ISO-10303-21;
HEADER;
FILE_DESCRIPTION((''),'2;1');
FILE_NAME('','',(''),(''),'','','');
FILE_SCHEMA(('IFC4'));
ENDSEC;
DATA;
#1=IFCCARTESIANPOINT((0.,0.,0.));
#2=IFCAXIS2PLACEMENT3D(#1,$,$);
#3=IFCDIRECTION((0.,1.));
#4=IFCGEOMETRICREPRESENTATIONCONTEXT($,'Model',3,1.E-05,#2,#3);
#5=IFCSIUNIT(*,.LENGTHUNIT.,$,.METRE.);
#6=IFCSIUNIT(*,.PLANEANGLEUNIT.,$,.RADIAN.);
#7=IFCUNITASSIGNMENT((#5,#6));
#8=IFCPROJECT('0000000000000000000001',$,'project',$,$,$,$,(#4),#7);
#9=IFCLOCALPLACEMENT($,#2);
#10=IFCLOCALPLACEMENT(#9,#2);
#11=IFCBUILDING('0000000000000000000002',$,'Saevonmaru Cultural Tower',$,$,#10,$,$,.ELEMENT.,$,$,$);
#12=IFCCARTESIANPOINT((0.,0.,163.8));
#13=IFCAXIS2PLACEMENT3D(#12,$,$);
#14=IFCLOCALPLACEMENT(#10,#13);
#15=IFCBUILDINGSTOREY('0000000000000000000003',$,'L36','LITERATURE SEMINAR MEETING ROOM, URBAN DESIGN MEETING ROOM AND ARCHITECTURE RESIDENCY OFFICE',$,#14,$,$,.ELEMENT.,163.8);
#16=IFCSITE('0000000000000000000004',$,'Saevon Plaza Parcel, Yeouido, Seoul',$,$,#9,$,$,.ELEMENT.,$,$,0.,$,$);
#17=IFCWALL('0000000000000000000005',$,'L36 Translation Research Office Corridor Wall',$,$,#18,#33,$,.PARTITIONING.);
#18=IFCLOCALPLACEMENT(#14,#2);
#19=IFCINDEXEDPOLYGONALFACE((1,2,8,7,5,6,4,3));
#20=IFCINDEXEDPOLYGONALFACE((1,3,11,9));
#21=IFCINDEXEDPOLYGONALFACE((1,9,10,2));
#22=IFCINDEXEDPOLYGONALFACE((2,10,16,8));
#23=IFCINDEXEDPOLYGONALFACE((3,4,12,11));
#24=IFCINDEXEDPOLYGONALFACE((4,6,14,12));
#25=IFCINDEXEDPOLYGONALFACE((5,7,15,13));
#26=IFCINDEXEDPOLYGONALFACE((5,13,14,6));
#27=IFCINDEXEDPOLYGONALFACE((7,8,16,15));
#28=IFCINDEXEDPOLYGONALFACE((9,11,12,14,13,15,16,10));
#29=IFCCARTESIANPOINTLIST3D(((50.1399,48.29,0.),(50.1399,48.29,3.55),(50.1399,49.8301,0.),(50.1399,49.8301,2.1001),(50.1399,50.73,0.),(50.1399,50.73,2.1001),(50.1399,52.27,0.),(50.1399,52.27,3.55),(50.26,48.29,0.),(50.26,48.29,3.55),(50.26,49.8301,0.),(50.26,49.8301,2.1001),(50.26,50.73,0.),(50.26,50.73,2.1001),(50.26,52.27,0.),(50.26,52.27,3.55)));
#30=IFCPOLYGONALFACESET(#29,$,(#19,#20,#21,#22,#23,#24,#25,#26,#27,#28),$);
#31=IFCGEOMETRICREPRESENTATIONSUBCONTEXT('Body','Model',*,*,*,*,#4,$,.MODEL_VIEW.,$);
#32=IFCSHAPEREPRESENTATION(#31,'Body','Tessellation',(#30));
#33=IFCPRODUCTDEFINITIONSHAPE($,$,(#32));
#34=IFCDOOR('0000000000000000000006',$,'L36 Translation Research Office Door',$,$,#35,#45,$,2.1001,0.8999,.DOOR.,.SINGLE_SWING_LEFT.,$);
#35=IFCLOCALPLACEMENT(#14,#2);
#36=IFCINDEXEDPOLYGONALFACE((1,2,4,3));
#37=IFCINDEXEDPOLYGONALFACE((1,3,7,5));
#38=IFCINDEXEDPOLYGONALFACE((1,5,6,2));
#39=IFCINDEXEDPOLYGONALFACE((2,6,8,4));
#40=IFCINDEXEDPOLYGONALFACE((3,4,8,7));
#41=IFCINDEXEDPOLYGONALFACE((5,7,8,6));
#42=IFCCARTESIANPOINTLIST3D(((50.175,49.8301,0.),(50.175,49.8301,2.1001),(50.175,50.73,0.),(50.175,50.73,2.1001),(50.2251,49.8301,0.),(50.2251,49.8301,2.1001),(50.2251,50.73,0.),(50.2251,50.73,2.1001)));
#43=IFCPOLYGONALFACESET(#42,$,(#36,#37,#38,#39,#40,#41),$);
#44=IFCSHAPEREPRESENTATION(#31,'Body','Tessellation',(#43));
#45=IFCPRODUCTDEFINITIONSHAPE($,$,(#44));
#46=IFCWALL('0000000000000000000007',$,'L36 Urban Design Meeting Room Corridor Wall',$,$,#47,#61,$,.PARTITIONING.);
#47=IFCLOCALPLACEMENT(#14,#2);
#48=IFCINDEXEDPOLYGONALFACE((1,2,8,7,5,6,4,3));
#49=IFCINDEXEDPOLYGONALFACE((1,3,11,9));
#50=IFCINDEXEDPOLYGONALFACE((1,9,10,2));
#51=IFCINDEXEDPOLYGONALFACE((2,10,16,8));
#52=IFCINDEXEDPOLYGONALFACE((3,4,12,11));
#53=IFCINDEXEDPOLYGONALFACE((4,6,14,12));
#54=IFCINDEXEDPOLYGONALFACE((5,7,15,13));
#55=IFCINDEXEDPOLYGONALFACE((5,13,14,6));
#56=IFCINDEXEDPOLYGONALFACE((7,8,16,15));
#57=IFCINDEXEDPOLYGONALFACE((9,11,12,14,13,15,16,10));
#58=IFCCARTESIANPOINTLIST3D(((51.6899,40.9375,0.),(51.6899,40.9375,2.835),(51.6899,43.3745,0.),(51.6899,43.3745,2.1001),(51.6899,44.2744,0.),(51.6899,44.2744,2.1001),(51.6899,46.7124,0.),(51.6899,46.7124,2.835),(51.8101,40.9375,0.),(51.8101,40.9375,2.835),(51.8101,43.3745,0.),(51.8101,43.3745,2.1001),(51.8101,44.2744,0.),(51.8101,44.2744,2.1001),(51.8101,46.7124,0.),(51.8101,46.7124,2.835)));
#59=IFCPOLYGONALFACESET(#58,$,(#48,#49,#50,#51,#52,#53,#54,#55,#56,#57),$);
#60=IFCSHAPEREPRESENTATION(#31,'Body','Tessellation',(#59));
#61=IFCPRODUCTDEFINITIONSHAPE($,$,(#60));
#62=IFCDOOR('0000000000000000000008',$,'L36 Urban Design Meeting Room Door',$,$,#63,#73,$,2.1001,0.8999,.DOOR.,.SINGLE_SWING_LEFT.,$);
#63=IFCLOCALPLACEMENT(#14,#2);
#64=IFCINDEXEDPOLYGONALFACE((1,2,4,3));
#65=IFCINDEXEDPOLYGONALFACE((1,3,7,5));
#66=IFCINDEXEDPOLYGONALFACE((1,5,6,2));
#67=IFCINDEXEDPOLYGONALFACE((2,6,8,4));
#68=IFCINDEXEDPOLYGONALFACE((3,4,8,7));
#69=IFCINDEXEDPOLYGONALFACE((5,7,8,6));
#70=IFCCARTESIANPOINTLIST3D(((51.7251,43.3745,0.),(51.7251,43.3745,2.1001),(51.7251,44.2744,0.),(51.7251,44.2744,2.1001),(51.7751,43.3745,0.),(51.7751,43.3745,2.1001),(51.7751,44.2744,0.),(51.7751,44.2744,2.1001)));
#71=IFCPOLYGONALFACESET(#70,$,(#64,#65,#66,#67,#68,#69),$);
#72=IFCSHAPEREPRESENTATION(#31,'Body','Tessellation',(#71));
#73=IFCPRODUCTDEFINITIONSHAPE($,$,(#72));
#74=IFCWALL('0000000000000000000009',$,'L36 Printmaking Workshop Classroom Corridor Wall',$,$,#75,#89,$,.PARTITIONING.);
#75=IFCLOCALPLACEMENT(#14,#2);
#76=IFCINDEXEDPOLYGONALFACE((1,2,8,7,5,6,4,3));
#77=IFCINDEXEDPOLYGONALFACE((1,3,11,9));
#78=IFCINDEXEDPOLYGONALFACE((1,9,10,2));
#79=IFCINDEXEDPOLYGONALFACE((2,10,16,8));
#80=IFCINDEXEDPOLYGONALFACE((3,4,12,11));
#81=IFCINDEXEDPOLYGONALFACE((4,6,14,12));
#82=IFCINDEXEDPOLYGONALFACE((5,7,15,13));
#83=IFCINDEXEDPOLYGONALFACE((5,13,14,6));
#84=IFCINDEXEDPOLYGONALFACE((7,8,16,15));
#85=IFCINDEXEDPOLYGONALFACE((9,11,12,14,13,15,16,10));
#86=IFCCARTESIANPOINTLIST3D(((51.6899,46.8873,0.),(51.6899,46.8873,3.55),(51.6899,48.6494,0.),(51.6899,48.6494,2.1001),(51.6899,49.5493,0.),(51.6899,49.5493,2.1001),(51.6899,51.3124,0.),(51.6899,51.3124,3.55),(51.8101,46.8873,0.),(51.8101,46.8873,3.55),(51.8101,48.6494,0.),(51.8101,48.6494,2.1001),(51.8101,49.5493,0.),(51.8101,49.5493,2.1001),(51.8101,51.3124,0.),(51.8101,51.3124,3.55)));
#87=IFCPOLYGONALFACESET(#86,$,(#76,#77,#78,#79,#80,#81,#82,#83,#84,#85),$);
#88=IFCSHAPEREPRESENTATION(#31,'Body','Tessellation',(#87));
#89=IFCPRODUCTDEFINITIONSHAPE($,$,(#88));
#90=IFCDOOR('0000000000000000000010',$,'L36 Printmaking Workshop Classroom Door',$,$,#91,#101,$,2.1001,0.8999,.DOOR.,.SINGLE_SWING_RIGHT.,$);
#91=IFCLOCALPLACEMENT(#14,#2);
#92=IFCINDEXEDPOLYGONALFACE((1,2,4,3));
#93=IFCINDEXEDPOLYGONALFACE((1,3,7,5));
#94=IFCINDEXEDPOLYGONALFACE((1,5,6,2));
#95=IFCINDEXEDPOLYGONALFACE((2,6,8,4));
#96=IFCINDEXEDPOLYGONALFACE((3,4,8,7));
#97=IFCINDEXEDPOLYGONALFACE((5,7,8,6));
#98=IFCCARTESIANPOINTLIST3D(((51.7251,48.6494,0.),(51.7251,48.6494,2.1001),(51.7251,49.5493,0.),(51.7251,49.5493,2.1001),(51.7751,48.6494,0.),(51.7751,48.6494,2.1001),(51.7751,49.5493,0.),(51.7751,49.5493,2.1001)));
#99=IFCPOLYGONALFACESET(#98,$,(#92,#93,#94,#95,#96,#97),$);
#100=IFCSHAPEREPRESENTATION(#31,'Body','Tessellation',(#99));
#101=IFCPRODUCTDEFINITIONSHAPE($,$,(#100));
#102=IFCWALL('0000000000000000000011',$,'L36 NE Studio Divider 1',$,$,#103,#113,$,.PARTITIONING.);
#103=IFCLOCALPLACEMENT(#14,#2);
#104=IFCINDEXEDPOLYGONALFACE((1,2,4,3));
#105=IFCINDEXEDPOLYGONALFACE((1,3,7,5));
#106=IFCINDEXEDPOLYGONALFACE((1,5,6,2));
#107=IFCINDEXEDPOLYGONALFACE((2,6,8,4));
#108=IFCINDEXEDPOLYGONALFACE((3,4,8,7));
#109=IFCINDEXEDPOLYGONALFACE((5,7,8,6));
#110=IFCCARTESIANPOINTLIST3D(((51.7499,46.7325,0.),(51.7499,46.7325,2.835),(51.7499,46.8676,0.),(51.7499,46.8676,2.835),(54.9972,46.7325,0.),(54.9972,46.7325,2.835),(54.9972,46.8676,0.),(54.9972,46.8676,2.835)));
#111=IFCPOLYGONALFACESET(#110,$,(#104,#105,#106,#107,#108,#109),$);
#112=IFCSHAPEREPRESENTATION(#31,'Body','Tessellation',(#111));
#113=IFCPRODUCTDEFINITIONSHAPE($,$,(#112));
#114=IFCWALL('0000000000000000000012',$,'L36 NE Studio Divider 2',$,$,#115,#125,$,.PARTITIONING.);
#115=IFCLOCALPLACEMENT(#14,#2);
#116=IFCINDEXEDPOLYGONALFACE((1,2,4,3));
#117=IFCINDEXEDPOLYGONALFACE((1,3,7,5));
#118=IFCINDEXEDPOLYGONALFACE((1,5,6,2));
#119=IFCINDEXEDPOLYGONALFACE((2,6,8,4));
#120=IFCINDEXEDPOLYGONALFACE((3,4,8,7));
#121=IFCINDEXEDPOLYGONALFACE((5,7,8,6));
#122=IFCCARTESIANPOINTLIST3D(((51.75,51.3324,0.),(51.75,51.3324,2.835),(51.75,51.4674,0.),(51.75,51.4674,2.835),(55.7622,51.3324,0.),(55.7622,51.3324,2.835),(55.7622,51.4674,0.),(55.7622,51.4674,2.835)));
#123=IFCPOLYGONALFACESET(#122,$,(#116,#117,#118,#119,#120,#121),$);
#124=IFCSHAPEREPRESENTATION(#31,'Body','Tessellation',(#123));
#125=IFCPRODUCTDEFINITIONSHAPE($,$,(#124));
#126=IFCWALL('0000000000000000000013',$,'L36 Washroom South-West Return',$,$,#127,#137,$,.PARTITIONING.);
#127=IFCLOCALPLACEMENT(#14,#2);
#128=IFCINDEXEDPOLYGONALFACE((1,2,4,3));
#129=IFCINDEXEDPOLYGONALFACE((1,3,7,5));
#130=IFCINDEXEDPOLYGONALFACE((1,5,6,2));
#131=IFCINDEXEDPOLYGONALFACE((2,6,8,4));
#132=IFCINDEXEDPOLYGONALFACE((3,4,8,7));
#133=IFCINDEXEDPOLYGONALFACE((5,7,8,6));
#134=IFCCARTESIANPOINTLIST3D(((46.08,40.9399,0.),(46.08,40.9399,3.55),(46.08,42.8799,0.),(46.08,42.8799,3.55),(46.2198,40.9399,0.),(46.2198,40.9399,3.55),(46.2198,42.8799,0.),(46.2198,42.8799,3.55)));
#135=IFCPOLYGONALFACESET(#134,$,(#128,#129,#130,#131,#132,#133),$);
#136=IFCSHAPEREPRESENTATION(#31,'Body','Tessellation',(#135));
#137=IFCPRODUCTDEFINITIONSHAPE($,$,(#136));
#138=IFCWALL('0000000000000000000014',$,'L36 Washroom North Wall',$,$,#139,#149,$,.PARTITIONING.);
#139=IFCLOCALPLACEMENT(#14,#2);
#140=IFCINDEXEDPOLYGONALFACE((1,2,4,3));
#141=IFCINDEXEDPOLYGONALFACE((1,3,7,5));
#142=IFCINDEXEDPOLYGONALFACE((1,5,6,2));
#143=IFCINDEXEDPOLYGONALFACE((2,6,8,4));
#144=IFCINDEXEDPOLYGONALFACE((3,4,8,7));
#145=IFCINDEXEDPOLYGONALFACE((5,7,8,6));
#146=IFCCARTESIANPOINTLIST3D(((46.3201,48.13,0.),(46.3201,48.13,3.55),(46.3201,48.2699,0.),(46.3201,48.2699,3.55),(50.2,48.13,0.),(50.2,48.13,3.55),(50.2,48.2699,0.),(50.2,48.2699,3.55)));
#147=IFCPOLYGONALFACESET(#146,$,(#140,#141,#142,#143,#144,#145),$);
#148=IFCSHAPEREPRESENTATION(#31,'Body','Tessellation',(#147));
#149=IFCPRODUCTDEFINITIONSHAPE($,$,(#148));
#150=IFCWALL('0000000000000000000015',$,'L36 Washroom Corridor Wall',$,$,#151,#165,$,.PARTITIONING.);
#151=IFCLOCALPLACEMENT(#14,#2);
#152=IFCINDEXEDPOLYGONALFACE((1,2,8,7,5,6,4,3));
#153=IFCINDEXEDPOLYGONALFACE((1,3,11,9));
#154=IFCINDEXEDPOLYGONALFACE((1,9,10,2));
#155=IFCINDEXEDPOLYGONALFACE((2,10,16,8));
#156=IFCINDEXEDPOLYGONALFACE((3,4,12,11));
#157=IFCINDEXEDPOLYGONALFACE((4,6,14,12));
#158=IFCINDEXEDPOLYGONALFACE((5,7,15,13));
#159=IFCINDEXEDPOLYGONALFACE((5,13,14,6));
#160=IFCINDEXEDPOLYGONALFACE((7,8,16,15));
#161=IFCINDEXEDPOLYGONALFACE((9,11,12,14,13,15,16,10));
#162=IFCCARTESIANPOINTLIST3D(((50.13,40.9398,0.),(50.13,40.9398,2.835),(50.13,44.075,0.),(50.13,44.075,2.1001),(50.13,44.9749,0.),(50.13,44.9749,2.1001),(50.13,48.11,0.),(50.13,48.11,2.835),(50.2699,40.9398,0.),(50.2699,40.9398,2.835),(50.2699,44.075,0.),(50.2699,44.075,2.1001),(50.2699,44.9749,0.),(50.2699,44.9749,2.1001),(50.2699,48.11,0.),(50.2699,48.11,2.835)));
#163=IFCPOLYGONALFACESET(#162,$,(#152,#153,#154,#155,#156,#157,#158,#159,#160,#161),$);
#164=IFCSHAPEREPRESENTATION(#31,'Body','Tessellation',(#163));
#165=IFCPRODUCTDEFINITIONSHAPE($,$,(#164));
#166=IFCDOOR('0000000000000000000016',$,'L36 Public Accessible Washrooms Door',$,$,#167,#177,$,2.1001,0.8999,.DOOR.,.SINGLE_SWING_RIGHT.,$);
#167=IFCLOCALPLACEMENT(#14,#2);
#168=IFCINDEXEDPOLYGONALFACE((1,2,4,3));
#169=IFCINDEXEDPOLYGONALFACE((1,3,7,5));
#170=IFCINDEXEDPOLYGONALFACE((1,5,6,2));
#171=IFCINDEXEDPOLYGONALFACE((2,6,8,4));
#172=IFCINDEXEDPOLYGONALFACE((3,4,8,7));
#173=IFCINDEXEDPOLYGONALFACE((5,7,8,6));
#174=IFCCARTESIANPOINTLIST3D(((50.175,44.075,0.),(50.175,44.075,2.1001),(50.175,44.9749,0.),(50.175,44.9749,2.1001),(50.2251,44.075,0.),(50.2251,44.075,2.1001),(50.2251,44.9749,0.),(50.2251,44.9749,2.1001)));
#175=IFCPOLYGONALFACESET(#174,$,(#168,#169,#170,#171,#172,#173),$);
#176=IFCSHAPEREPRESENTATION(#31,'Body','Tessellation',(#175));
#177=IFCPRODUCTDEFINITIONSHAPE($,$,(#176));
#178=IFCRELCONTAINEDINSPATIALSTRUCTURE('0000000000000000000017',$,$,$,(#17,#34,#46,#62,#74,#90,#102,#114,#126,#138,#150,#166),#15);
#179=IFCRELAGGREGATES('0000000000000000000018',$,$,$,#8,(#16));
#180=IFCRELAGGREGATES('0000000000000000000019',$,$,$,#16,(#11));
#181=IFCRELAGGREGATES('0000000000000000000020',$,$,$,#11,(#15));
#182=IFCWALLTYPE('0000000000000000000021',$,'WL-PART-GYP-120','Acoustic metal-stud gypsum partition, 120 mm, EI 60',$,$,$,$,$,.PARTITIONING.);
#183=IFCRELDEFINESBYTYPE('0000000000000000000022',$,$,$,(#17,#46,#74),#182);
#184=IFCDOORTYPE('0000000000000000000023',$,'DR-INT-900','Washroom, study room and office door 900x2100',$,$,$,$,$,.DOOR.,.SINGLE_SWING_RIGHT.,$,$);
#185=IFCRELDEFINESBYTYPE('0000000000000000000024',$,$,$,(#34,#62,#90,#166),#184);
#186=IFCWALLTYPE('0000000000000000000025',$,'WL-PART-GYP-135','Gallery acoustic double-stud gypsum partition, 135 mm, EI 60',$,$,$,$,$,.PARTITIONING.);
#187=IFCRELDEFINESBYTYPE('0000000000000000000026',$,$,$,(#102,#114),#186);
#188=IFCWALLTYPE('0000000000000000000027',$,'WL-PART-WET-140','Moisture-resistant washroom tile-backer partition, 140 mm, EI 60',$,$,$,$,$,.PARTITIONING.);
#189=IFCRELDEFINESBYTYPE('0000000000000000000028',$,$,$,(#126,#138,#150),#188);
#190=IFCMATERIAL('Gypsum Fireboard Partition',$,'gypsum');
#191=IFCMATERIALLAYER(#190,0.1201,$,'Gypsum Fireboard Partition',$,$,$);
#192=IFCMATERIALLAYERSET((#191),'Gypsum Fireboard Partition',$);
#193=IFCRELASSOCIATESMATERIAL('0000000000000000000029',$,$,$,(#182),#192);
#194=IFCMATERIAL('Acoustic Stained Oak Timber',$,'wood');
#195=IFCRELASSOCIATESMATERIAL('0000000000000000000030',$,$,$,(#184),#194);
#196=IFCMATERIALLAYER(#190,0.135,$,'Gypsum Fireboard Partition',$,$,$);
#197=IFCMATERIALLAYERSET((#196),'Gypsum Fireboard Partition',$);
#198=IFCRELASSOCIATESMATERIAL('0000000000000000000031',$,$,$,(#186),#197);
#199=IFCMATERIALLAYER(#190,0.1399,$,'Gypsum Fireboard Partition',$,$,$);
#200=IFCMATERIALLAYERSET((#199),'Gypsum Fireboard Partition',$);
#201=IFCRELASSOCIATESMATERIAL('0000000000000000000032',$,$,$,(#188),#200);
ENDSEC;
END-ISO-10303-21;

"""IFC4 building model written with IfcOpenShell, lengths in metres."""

from ifc_helpers import new_model, si_unit, direction, frame, frame_2d, origin, place, context, subcontext, project, spatial, rectangle, extrude, material, layer, layer_set, type_object, element, fill, save


model = new_model("IFC4")

# Units and contexts
model_context = context("Model", 3, precision=1e-05, world=origin(), true_north=direction((0.0, 1.0)))
body_context = subcontext(model_context, "Body", "Model", "MODEL_VIEW")
ifc_project = project(units=[si_unit("LENGTHUNIT", "METRE"), si_unit("PLANEANGLEUNIT", "RADIAN")], contexts=[model_context])

# Site, building, storey
site_placement = place(None, origin())
site = spatial("IfcSite", under=ifc_project, at=site_placement, Name="Saevon Plaza Parcel, Yeouido, Seoul", CompositionType="ELEMENT", RefElevation=0.0)
building_placement = place(site_placement, origin())
building = spatial("IfcBuilding", under=site, at=building_placement, Name="Saevonmaru Cultural Tower", CompositionType="ELEMENT")
storey_placement = place(building_placement, frame((0.0, 0.0, 163.8)))
storey = spatial("IfcBuildingStorey", under=building, at=storey_placement, Name="L36", Description="LITERATURE SEMINAR MEETING ROOM, URBAN DESIGN MEETING ROOM AND ARCHITECTURE RESIDENCY OFFICE", CompositionType="ELEMENT", Elevation=163.8)

# Walls, openings, doors
ifc_material_1 = material(Name="Gypsum Fireboard Partition", Category="gypsum")
ifc_layer_1 = layer(ifc_material_1, 0.1201, Name="Gypsum Fireboard Partition")
ifc_layer_set_1 = layer_set([ifc_layer_1], Name="Gypsum Fireboard Partition")
wall_type_1 = type_object("IfcWallType", Name="WL-PART-GYP-120", Description="Acoustic metal-stud gypsum partition, 120 mm, EI 60", PredefinedType="PARTITIONING", material=ifc_layer_set_1)
wall_1_placement = place(storey_placement, frame((50.2, 48.29, 0.0), z_axis=(0.0, 0.0, 1.0), x_axis=(0.0, 1.0, 0.0)))
wall_1 = element("IfcWall", 1, at=wall_1_placement, inside=storey, type_object=wall_type_1, Name="L36 Translation Research Office Corridor Wall", PredefinedType="PARTITIONING", context=body_context, shape_type="SweptSolid", body=[
    extrude(rectangle(XDim=3.98, YDim=0.1201, at=frame_2d((1.99, 0.0))), origin(), (0.0, 0.0, 1.0), 3.55),
])
opening_1_placement = place(wall_1_placement, frame((1.54, 0.0, 0.0)))
opening_1 = element("IfcOpeningElement", 2, at=opening_1_placement, cuts=wall_1, PredefinedType="OPENING", context=body_context, shape_type="SweptSolid", body=[
    extrude(rectangle(XDim=0.8999, YDim=2.1001, at=frame_2d((0.45, 1.05))), frame((0.0, 0.0701, 0.0), z_axis=(0.0, -1.0, 0.0), x_axis=(1.0, 0.0, 0.0)), (0.0, 0.0, 1.0), 0.1401),
])
ifc_material_2 = material(Name="Acoustic Stained Oak Timber", Category="wood")
door_type = type_object("IfcDoorType", Name="DR-INT-900", Description="Washroom, study room and office door 900x2100", OperationType="SINGLE_SWING_RIGHT", PredefinedType="DOOR", material=ifc_material_2)
door_1_placement = place(opening_1_placement, origin())
door_1 = element("IfcDoor", 3, at=door_1_placement, inside=storey, type_object=door_type, Name="L36 Translation Research Office Door", OperationType="SINGLE_SWING_LEFT", OverallHeight=2.1001, OverallWidth=0.8999, PredefinedType="DOOR", context=body_context, shape_type="SweptSolid", body=[
    extrude(rectangle(XDim=0.8999, YDim=2.1001, at=frame_2d((0.45, 1.05))), frame((0.0, 0.0249, 0.0), z_axis=(0.0, -1.0, 0.0), x_axis=(1.0, 0.0, 0.0)), (0.0, 0.0, 1.0), 0.05),
])
fill(opening_1, door_1)
wall_2_placement = place(storey_placement, frame((51.75, 40.9375, 0.0), z_axis=(0.0, 0.0, 1.0), x_axis=(0.0, 1.0, 0.0)))
wall_2 = element("IfcWall", 4, at=wall_2_placement, inside=storey, type_object=wall_type_1, Name="L36 Urban Design Meeting Room Corridor Wall", PredefinedType="PARTITIONING", context=body_context, shape_type="SweptSolid", body=[
    extrude(rectangle(XDim=5.7749, YDim=0.1201, at=frame_2d((2.8875, 0.0))), origin(), (0.0, 0.0, 1.0), 2.835),
])
opening_2_placement = place(wall_2_placement, frame((2.437, 0.0, 0.0)))
opening_2 = element("IfcOpeningElement", 5, at=opening_2_placement, cuts=wall_2, PredefinedType="OPENING", context=body_context, shape_type="SweptSolid", body=[
    extrude(rectangle(XDim=0.8999, YDim=2.1001, at=frame_2d((0.45, 1.05))), frame((0.0, 0.0701, 0.0), z_axis=(0.0, -1.0, 0.0), x_axis=(1.0, 0.0, 0.0)), (0.0, 0.0, 1.0), 0.1401),
])
door_2_placement = place(opening_2_placement, origin())
door_2 = element("IfcDoor", 6, at=door_2_placement, inside=storey, type_object=door_type, Name="L36 Urban Design Meeting Room Door", OperationType="SINGLE_SWING_LEFT", OverallHeight=2.1001, OverallWidth=0.8999, PredefinedType="DOOR", context=body_context, shape_type="SweptSolid", body=[
    extrude(rectangle(XDim=0.8999, YDim=2.1001, at=frame_2d((0.45, 1.05))), frame((0.0, 0.0249, 0.0), z_axis=(0.0, -1.0, 0.0), x_axis=(1.0, 0.0, 0.0)), (0.0, 0.0, 1.0), 0.05),
])
fill(opening_2, door_2)
wall_3_placement = place(storey_placement, frame((51.75, 46.8875, 0.0), z_axis=(0.0, 0.0, 1.0), x_axis=(0.0, 1.0, 0.0)))
wall_3 = element("IfcWall", 7, at=wall_3_placement, inside=storey, type_object=wall_type_1, Name="L36 Printmaking Workshop Classroom Corridor Wall", PredefinedType="PARTITIONING", context=body_context, shape_type="SweptSolid", body=[
    extrude(rectangle(XDim=4.425, YDim=0.1201, at=frame_2d((2.2124, 0.0))), origin(), (0.0, 0.0, 1.0), 3.55),
])
opening_3_placement = place(wall_3_placement, frame((1.762, 0.0, 0.0)))
opening_3 = element("IfcOpeningElement", 8, at=opening_3_placement, cuts=wall_3, PredefinedType="OPENING", context=body_context, shape_type="SweptSolid", body=[
    extrude(rectangle(XDim=0.8999, YDim=2.1001, at=frame_2d((0.45, 1.05))), frame((0.0, 0.0701, 0.0), z_axis=(0.0, -1.0, 0.0), x_axis=(1.0, 0.0, 0.0)), (0.0, 0.0, 1.0), 0.1401),
])
door_3_placement = place(opening_3_placement, origin())
door_3 = element("IfcDoor", 9, at=door_3_placement, inside=storey, type_object=door_type, Name="L36 Printmaking Workshop Classroom Door", OperationType="SINGLE_SWING_RIGHT", OverallHeight=2.1001, OverallWidth=0.8999, PredefinedType="DOOR", context=body_context, shape_type="SweptSolid", body=[
    extrude(rectangle(XDim=0.8999, YDim=2.1001, at=frame_2d((0.45, 1.05))), frame((0.0, 0.0249, 0.0), z_axis=(0.0, -1.0, 0.0), x_axis=(1.0, 0.0, 0.0)), (0.0, 0.0, 1.0), 0.05),
])
fill(opening_3, door_3)

# Walls
ifc_layer_2 = layer(ifc_material_1, 0.135, Name="Gypsum Fireboard Partition")
ifc_layer_set_2 = layer_set([ifc_layer_2], Name="Gypsum Fireboard Partition")
wall_type_2 = type_object("IfcWallType", Name="WL-PART-GYP-135", Description="Gallery acoustic double-stud gypsum partition, 135 mm, EI 60", PredefinedType="PARTITIONING", material=ifc_layer_set_2)
wall_4_placement = place(storey_placement, frame((51.75, 46.8, 0.0), z_axis=(0.0, 0.0, 1.0), x_axis=(1.0, 0.0, 0.0)))
element("IfcWall", 10, at=wall_4_placement, inside=storey, type_object=wall_type_2, Name="L36 NE Studio Divider 1", PredefinedType="PARTITIONING", context=body_context, shape_type="SweptSolid", body=[
    extrude(rectangle(XDim=3.2473, YDim=0.135, at=frame_2d((1.6235, 0.0))), origin(), (0.0, 0.0, 1.0), 2.835),
])
wall_5_placement = place(storey_placement, frame((51.75, 51.3999, 0.0), z_axis=(0.0, 0.0, 1.0), x_axis=(1.0, 0.0, 0.0)))
element("IfcWall", 11, at=wall_5_placement, inside=storey, type_object=wall_type_2, Name="L36 NE Studio Divider 2", PredefinedType="PARTITIONING", context=body_context, shape_type="SweptSolid", body=[
    extrude(rectangle(XDim=4.0122, YDim=0.135, at=frame_2d((2.0061, 0.0))), origin(), (0.0, 0.0, 1.0), 2.835),
])
ifc_layer_3 = layer(ifc_material_1, 0.1399, Name="Gypsum Fireboard Partition")
ifc_layer_set_3 = layer_set([ifc_layer_3], Name="Gypsum Fireboard Partition")
wall_type_3 = type_object("IfcWallType", Name="WL-PART-WET-140", Description="Moisture-resistant washroom tile-backer partition, 140 mm, EI 60", PredefinedType="PARTITIONING", material=ifc_layer_set_3)
wall_6_placement = place(storey_placement, frame((46.1499, 40.9399, 0.0), z_axis=(0.0, 0.0, 1.0), x_axis=(0.0, 1.0, 0.0)))
element("IfcWall", 12, at=wall_6_placement, inside=storey, type_object=wall_type_3, Name="L36 Washroom South-West Return", PredefinedType="PARTITIONING", context=body_context, shape_type="SweptSolid", body=[
    extrude(rectangle(XDim=1.9399, YDim=0.1399, at=frame_2d((0.97, 0.0))), origin(), (0.0, 0.0, 1.0), 3.55),
])
wall_7_placement = place(storey_placement, frame((46.3201, 48.2, 0.0), z_axis=(0.0, 0.0, 1.0), x_axis=(1.0, 0.0, 0.0)))
element("IfcWall", 13, at=wall_7_placement, inside=storey, type_object=wall_type_3, Name="L36 Washroom North Wall", PredefinedType="PARTITIONING", context=body_context, shape_type="SweptSolid", body=[
    extrude(rectangle(XDim=3.8799, YDim=0.1399, at=frame_2d((1.9399, 0.0))), origin(), (0.0, 0.0, 1.0), 3.55),
])

# Wall, opening, door
wall_8_placement = place(storey_placement, frame((50.2, 40.9399, 0.0), z_axis=(0.0, 0.0, 1.0), x_axis=(0.0, 1.0, 0.0)))
wall_8 = element("IfcWall", 14, at=wall_8_placement, inside=storey, type_object=wall_type_3, Name="L36 Washroom Corridor Wall", PredefinedType="PARTITIONING", context=body_context, shape_type="SweptSolid", body=[
    extrude(rectangle(XDim=7.1702, YDim=0.1399, at=frame_2d((3.585, 0.0))), origin(), (0.0, 0.0, 1.0), 2.835),
])
opening_4_placement = place(wall_8_placement, frame((3.135, 0.0, 0.0)))
opening_4 = element("IfcOpeningElement", 15, at=opening_4_placement, cuts=wall_8, PredefinedType="OPENING", context=body_context, shape_type="SweptSolid", body=[
    extrude(rectangle(XDim=0.8999, YDim=2.1001, at=frame_2d((0.45, 1.05))), frame((0.0, 0.0801, 0.0), z_axis=(0.0, -1.0, 0.0), x_axis=(1.0, 0.0, 0.0)), (0.0, 0.0, 1.0), 0.1599),
])
door_4_placement = place(opening_4_placement, origin())
door_4 = element("IfcDoor", 16, at=door_4_placement, inside=storey, type_object=door_type, Name="L36 Public Accessible Washrooms Door", OperationType="SINGLE_SWING_RIGHT", OverallHeight=2.1001, OverallWidth=0.8999, PredefinedType="DOOR", context=body_context, shape_type="SweptSolid", body=[
    extrude(rectangle(XDim=0.8999, YDim=2.1001, at=frame_2d((0.45, 1.05))), frame((0.0, 0.0249, 0.0), z_axis=(0.0, -1.0, 0.0), x_axis=(1.0, 0.0, 0.0)), (0.0, 0.0, 1.0), 0.05),
])
fill(opening_4, door_4)

save(model, "model.ifc")
